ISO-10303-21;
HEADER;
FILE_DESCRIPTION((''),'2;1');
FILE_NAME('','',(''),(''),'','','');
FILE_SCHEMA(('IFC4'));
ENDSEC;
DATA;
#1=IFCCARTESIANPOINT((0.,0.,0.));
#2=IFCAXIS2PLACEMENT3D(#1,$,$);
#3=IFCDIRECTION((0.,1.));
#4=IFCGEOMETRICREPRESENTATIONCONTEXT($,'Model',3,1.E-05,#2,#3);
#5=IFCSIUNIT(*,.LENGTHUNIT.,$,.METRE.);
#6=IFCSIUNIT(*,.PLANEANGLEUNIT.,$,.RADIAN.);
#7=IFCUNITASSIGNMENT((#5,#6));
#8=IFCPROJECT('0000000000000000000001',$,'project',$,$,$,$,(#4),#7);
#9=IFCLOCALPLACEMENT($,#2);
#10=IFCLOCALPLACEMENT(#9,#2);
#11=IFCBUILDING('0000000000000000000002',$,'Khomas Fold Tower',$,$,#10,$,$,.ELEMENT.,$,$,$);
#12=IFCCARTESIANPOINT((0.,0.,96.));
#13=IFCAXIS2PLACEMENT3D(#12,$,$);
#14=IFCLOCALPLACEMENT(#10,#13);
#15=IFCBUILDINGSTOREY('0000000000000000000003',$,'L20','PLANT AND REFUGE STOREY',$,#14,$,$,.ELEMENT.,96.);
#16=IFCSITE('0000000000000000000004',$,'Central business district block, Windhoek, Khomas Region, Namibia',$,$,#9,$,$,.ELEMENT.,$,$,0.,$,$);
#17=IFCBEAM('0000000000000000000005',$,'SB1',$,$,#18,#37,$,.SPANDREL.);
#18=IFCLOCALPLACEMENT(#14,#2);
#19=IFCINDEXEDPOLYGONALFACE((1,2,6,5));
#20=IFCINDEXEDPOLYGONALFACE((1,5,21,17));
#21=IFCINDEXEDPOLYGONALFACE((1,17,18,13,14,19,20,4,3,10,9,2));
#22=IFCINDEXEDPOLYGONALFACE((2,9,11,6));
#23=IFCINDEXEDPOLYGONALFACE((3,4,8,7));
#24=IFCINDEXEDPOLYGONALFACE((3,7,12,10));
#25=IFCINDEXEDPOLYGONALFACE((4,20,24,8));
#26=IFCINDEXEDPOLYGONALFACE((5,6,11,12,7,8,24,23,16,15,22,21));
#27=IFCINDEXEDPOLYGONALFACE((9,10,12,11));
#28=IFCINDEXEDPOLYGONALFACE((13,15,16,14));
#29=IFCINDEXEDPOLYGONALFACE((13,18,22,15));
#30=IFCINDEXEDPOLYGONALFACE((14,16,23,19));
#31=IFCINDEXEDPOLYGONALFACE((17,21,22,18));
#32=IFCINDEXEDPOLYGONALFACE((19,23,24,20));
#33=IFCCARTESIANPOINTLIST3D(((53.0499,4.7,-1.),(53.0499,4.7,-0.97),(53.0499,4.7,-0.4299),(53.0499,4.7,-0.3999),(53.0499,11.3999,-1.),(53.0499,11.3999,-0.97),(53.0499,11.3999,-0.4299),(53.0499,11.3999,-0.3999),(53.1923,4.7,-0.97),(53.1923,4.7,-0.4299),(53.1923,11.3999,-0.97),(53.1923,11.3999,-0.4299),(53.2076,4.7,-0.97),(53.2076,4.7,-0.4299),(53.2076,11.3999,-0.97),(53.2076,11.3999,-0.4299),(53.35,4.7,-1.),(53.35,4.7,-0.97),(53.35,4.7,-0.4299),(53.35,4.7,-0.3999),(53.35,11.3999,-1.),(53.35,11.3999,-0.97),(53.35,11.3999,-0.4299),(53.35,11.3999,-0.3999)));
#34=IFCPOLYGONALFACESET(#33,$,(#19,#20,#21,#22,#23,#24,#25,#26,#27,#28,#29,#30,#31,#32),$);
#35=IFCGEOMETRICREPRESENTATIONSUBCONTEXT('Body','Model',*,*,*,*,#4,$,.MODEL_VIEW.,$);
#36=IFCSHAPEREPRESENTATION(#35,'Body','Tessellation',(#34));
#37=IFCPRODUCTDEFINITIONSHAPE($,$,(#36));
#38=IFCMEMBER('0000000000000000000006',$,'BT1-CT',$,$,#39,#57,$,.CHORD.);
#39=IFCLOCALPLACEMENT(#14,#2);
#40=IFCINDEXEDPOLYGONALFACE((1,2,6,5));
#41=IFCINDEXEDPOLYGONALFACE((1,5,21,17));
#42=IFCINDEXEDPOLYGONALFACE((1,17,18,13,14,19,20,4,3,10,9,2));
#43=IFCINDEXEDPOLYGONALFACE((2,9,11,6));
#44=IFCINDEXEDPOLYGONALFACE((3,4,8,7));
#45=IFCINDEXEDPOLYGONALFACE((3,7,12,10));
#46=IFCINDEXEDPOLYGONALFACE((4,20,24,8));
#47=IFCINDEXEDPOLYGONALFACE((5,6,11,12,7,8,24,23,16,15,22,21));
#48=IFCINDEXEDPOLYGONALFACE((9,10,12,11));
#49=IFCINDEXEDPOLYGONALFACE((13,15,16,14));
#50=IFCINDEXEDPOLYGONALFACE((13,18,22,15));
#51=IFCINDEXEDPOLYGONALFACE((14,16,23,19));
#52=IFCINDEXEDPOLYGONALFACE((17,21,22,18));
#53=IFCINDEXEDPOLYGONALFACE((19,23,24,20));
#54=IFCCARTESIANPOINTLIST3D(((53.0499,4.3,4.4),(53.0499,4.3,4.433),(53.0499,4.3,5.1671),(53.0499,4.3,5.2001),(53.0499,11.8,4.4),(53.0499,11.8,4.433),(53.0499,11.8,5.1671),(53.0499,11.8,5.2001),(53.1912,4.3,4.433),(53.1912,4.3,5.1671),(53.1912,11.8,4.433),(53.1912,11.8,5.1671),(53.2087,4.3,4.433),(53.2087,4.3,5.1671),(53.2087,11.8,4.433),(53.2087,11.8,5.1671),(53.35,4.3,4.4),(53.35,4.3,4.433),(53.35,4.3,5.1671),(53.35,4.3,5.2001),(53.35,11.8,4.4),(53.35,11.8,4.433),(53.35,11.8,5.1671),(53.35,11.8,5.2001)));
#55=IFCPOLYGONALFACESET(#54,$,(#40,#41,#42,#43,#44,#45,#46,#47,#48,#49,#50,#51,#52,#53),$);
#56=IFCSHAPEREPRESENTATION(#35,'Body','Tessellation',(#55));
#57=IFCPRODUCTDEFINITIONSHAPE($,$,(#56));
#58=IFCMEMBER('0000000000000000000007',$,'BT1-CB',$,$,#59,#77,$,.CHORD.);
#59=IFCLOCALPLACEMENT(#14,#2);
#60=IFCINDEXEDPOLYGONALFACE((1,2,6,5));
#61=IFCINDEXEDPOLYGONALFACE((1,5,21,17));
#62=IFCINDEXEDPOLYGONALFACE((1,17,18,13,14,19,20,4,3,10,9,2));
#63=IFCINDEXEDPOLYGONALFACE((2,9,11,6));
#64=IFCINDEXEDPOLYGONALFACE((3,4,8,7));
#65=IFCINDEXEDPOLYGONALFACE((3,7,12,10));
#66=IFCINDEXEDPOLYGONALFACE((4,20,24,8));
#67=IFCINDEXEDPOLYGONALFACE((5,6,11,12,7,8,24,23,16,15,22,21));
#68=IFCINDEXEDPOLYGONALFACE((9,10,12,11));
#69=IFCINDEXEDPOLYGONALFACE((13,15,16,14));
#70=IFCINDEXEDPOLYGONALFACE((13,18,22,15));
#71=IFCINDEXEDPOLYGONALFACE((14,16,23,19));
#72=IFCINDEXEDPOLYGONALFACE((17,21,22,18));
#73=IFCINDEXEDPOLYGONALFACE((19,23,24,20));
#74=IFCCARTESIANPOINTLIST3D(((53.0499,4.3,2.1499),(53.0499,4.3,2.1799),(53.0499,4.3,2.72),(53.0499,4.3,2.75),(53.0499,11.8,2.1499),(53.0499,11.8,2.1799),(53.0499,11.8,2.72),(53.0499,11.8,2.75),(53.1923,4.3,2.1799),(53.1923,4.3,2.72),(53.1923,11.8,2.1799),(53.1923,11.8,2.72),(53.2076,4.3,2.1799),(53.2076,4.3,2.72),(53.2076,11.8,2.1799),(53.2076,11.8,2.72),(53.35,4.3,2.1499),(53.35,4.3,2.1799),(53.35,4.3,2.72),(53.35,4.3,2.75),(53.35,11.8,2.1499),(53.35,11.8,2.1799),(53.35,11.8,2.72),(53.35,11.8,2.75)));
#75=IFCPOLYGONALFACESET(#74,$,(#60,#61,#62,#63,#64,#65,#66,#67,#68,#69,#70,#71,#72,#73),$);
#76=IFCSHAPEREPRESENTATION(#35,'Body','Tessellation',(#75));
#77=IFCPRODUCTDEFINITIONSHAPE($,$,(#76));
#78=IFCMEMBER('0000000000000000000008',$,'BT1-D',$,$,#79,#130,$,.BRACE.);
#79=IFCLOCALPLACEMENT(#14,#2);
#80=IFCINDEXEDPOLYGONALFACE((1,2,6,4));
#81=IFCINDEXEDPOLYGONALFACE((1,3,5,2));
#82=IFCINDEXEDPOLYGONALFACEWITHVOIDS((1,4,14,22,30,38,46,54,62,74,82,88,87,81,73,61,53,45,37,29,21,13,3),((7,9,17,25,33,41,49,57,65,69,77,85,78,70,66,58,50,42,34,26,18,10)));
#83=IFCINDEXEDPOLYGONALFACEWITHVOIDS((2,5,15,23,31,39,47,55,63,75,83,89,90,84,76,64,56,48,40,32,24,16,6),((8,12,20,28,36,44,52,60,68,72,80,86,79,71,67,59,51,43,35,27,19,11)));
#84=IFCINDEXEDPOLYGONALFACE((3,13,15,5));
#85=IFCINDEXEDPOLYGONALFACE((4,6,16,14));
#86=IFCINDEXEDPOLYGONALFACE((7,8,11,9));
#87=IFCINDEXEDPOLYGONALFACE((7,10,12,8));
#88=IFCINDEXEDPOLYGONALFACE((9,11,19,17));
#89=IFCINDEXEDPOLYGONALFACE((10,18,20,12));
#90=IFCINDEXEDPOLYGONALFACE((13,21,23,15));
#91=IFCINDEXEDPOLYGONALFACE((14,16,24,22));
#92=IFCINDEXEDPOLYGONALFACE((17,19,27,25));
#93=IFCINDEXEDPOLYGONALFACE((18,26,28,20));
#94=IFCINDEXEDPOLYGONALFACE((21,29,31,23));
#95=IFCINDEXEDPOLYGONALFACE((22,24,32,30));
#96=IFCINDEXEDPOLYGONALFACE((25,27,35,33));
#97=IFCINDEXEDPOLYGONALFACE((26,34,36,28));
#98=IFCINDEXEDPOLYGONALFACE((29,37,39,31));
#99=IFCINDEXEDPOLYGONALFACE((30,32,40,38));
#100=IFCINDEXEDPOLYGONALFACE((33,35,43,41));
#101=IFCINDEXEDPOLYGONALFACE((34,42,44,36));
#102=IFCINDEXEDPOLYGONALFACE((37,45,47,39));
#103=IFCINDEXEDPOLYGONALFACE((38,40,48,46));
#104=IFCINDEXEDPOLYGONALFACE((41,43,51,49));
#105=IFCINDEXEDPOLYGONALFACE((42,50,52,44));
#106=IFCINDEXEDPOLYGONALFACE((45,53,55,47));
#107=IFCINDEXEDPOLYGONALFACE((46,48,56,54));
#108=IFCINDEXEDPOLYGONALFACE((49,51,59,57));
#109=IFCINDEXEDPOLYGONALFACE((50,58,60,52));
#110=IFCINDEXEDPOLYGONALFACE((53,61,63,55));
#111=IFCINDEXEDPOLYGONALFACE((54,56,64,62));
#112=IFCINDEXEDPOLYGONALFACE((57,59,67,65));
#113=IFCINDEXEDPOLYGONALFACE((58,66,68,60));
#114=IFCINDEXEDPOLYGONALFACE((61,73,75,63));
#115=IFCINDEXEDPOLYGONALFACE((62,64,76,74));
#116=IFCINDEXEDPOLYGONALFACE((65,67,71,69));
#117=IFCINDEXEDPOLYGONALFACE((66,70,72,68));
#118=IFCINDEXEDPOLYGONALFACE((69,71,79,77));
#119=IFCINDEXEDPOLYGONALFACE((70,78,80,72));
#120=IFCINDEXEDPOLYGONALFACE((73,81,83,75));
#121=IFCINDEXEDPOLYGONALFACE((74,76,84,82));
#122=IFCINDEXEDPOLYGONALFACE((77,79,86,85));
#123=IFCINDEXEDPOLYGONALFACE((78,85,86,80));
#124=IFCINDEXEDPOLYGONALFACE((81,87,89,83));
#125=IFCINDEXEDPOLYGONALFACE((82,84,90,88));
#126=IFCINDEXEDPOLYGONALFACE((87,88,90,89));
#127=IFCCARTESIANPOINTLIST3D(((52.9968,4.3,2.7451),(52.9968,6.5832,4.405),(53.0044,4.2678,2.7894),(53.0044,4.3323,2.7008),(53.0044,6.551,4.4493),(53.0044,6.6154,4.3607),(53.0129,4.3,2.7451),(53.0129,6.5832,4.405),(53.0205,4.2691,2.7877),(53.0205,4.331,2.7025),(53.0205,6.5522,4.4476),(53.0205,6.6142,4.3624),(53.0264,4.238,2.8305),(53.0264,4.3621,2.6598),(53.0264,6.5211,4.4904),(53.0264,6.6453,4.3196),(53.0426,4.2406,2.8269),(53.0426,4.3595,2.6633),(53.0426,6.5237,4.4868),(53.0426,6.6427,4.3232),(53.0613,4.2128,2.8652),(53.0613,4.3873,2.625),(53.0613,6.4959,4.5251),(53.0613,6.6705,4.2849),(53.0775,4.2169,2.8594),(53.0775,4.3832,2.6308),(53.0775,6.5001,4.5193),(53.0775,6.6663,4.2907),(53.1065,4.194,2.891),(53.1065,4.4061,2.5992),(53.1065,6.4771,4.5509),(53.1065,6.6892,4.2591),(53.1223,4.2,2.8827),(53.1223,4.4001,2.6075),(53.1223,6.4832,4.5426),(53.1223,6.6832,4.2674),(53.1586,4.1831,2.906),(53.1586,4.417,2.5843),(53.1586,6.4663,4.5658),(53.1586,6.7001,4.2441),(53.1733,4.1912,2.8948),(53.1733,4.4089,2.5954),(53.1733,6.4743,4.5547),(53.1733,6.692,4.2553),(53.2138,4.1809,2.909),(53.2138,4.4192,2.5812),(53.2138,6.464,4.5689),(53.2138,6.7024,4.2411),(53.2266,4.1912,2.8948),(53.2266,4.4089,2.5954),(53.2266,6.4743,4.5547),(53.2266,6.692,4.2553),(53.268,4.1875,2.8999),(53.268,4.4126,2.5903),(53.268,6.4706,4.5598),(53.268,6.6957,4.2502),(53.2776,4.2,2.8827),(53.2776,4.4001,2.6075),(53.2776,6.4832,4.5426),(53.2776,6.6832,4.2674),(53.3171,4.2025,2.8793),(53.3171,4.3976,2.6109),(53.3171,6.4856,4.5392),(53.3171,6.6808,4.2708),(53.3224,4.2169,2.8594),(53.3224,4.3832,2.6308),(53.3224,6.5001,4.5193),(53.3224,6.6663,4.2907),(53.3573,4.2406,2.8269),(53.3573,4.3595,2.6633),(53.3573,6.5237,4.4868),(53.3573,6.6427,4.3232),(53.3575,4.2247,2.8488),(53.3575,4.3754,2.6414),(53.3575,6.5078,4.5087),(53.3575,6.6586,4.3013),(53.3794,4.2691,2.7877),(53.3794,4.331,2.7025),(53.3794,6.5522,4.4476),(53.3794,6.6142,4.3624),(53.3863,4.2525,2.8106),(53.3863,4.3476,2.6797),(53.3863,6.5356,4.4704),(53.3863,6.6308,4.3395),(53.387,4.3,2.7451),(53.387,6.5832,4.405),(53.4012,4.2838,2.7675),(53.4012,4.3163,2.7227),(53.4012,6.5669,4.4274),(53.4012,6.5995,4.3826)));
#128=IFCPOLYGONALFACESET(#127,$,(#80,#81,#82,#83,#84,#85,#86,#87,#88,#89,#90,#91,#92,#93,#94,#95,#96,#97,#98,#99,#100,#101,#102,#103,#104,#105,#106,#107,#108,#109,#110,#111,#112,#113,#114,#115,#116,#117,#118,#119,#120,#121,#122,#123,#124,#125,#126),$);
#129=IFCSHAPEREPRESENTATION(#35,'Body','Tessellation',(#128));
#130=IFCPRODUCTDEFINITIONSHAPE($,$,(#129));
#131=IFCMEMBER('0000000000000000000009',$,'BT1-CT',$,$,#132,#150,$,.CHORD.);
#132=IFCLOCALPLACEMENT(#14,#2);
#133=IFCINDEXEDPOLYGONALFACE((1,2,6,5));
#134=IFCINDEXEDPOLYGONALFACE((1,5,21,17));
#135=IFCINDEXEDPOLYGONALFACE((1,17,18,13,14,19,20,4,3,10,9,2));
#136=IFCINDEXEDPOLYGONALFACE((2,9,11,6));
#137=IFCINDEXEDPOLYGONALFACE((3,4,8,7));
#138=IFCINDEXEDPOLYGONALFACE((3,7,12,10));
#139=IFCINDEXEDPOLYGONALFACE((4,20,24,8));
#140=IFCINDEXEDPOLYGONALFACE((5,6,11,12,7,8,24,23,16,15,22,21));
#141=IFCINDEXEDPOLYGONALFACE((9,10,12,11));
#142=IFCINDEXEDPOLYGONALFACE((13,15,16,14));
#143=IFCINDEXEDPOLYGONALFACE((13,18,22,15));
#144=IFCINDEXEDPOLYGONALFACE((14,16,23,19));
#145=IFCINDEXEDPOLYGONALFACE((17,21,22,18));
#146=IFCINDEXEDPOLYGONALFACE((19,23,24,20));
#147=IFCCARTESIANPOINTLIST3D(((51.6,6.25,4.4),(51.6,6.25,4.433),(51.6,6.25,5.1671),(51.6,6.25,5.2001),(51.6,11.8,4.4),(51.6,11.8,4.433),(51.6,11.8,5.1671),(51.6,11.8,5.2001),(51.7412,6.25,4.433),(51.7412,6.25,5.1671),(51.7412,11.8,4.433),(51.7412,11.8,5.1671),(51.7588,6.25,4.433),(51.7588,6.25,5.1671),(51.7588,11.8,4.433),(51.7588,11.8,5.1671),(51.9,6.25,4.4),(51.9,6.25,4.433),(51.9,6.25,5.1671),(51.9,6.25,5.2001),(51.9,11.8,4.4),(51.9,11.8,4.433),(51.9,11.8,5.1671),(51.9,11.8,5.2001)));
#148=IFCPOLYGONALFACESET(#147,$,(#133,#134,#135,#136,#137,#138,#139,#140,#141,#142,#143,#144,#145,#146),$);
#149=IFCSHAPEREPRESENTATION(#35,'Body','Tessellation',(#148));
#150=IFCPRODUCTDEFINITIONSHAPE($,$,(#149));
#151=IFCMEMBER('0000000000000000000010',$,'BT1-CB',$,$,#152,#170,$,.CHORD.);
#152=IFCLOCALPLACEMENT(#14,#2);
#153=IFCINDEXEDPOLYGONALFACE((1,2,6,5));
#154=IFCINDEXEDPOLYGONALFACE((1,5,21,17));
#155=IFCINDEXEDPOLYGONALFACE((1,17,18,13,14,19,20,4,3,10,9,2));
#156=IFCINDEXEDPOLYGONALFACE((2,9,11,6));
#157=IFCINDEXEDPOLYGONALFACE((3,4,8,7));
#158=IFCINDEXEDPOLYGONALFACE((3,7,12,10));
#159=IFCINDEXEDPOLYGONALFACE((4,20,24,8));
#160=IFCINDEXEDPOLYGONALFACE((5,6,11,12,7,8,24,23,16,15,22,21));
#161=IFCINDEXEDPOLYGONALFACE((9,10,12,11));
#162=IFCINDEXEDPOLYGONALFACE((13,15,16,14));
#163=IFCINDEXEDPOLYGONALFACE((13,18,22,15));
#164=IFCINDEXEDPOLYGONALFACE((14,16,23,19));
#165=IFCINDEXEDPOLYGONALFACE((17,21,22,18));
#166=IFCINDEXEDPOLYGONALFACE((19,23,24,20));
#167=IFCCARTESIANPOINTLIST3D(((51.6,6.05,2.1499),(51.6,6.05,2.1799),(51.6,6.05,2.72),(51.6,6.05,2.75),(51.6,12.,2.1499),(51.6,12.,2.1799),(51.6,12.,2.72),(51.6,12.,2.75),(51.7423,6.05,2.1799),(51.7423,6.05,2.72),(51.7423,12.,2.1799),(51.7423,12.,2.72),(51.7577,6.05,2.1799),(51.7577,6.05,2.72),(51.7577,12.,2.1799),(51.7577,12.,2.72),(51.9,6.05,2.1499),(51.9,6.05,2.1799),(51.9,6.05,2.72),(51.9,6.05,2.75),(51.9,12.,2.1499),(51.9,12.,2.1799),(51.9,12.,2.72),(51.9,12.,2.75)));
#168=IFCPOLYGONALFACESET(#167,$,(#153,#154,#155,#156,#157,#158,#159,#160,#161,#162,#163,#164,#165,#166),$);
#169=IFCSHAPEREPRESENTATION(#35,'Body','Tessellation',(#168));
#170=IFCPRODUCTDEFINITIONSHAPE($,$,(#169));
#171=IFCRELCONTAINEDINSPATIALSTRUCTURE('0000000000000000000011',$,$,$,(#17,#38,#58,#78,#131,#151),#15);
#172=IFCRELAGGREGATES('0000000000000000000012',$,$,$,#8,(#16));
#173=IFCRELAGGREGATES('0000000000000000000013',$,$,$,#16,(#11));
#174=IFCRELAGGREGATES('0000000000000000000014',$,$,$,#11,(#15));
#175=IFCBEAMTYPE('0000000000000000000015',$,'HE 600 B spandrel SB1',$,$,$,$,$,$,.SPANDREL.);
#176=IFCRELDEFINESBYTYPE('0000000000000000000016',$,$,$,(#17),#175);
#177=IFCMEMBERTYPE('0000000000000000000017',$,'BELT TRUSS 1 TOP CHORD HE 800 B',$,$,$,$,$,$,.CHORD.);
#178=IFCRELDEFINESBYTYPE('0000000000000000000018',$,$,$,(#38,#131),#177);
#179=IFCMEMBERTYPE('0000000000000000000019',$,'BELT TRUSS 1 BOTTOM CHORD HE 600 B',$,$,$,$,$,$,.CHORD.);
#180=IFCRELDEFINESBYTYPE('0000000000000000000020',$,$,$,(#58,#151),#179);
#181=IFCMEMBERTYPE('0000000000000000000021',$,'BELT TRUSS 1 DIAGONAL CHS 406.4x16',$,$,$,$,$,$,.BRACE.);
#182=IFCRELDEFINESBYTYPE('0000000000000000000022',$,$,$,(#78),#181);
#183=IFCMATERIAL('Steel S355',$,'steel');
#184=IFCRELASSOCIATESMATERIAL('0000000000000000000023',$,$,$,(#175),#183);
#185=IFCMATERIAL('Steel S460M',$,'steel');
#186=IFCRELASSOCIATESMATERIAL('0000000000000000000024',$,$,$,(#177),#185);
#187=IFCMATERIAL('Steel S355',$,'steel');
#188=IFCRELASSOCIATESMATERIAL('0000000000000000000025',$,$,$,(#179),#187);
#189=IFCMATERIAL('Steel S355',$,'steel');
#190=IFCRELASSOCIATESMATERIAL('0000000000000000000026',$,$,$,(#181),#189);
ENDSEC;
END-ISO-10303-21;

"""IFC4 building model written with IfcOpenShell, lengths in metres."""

from ifc_helpers import new_model, si_unit, direction, frame, origin, origin_2d, place, context, subcontext, project, spatial, hollow_circle, i_section, extrude, source, transform, mapped, material, material_profile, profile_set, type_object, element, save


model = new_model("IFC4")

# Units and contexts
model_context = context("Model", 3, precision=1e-05, world=origin(), true_north=direction((0.0, 1.0)))
body_context = subcontext(model_context, "Body", "Model", "MODEL_VIEW")
ifc_project = project(units=[si_unit("LENGTHUNIT", "METRE"), si_unit("PLANEANGLEUNIT", "RADIAN")], contexts=[model_context])

# Site, building, storey
site_placement = place(None, origin())
site = spatial("IfcSite", under=ifc_project, at=site_placement, Name="Central business district block, Windhoek, Khomas Region, Namibia", CompositionType="ELEMENT", RefElevation=0.0)
building_placement = place(site_placement, origin())
building = spatial("IfcBuilding", under=site, at=building_placement, Name="Khomas Fold Tower", CompositionType="ELEMENT")
storey_placement = place(building_placement, frame((0.0, 0.0, 96.0)))
storey = spatial("IfcBuildingStorey", under=building, at=storey_placement, Name="L20", Description="PLANT AND REFUGE STOREY", CompositionType="ELEMENT", Elevation=96.0)

# Beam
ifc_material_1 = material(Name="Steel S355", Category="steel")
ifc_material_profile_1 = material_profile(ifc_material_1, i_section(OverallWidth=0.3, OverallDepth=0.6001, WebThickness=0.0154, FlangeThickness=0.03, at=origin_2d()), Name="HE 600 B")
ifc_profile_set_1 = profile_set([ifc_material_profile_1], Name="Steel S355")
beam_type_1 = type_object("IfcBeamType", Name="HE 600 B spandrel SB1", PredefinedType="SPANDREL", material=ifc_profile_set_1)
shared_shape_1 = source(origin(), body_context, "Body", "SweptSolid", [
    extrude(i_section(OverallWidth=0.3, OverallDepth=0.6001, WebThickness=0.0154, FlangeThickness=0.03, at=origin_2d()), origin(), (0.0, 0.0, 1.0), 6.7),
])
beam_1_placement = place(storey_placement, frame((53.2, 4.7, -0.7), z_axis=(0.0, 1.0, 0.0), x_axis=(-1.0, 0.0, 0.0)))
element("IfcBeam", 1, at=beam_1_placement, inside=storey, type_object=beam_type_1, Name="SB1", PredefinedType="SPANDREL", context=body_context, shape_type="MappedRepresentation", body=[
    mapped(shared_shape_1, transform((0.0, 0.0, 0.0))),
])

# Members
ifc_material_2 = material(Name="Steel S460M", Category="steel")
ifc_material_profile_2 = material_profile(ifc_material_2, i_section(OverallWidth=0.3, OverallDepth=0.8, WebThickness=0.0176, FlangeThickness=0.033, at=origin_2d()), Name="HE 800 B")
ifc_profile_set_2 = profile_set([ifc_material_profile_2], Name="Steel S460M")
member_type_1 = type_object("IfcMemberType", Name="BELT TRUSS 1 TOP CHORD HE 800 B", PredefinedType="CHORD", material=ifc_profile_set_2)
shared_shape_2 = source(origin(), body_context, "Body", "SweptSolid", [
    extrude(i_section(OverallWidth=0.3, OverallDepth=0.8, WebThickness=0.0176, FlangeThickness=0.033, at=origin_2d()), origin(), (0.0, 0.0, 1.0), 7.5),
])
member_1_placement = place(storey_placement, frame((53.2, 4.3, 4.8), z_axis=(0.0, 1.0, 0.0), x_axis=(-1.0, 0.0, 0.0)))
element("IfcMember", 2, at=member_1_placement, inside=storey, type_object=member_type_1, Name="BT1-CT", PredefinedType="CHORD", context=body_context, shape_type="MappedRepresentation", body=[
    mapped(shared_shape_2, transform((0.0, 0.0, 0.0))),
])
ifc_material_3 = material(Name="Steel S355", Category="steel")
ifc_material_profile_3 = material_profile(ifc_material_3, i_section(OverallWidth=0.3, OverallDepth=0.6001, WebThickness=0.0154, FlangeThickness=0.03, at=origin_2d()), Name="HE 600 B")
ifc_profile_set_3 = profile_set([ifc_material_profile_3], Name="Steel S355")
member_type_2 = type_object("IfcMemberType", Name="BELT TRUSS 1 BOTTOM CHORD HE 600 B", PredefinedType="CHORD", material=ifc_profile_set_3)
shared_shape_3 = source(origin(), body_context, "Body", "SweptSolid", [
    extrude(i_section(OverallWidth=0.3, OverallDepth=0.6001, WebThickness=0.0154, FlangeThickness=0.03, at=origin_2d()), origin(), (0.0, 0.0, 1.0), 7.5),
])
member_2_placement = place(storey_placement, frame((53.2, 4.3, 2.45), z_axis=(0.0, 1.0, 0.0), x_axis=(-1.0, 0.0, 0.0)))
element("IfcMember", 3, at=member_2_placement, inside=storey, type_object=member_type_2, Name="BT1-CB", PredefinedType="CHORD", context=body_context, shape_type="MappedRepresentation", body=[
    mapped(shared_shape_3, transform((0.0, 0.0, 0.0))),
])
ifc_material_4 = material(Name="Steel S355", Category="steel")
ifc_material_profile_4 = material_profile(ifc_material_4, hollow_circle(Radius=0.2031, WallThickness=0.0161, at=origin_2d()), Name="CHS 406.4x16")
ifc_profile_set_4 = profile_set([ifc_material_profile_4], Name="Steel S355")
member_type_3 = type_object("IfcMemberType", Name="BELT TRUSS 1 DIAGONAL CHS 406.4x16", PredefinedType="BRACE", material=ifc_profile_set_4)
shared_shape_4 = source(origin(), body_context, "Body", "SweptSolid", [
    extrude(hollow_circle(Radius=0.2031, WallThickness=0.0161, at=origin_2d()), origin(), (0.0, 0.0, 1.0), 2.8228),
])
member_3_placement = place(storey_placement, frame((53.2, 4.3, 2.7451), z_axis=(0.0, 0.808837, 0.588033), x_axis=(-1.0, 0.0, 0.0)))
element("IfcMember", 4, at=member_3_placement, inside=storey, type_object=member_type_3, Name="BT1-D", PredefinedType="BRACE", context=body_context, shape_type="MappedRepresentation", body=[
    mapped(shared_shape_4, transform((0.0, 0.0, 0.0))),
])
shared_shape_5 = source(origin(), body_context, "Body", "SweptSolid", [
    extrude(i_section(OverallWidth=0.3, OverallDepth=0.8, WebThickness=0.0176, FlangeThickness=0.033, at=origin_2d()), origin(), (0.0, 0.0, 1.0), 5.55),
])
member_4_placement = place(storey_placement, frame((51.75, 6.25, 4.8), z_axis=(0.0, 1.0, 0.0), x_axis=(-1.0, 0.0, 0.0)))
element("IfcMember", 5, at=member_4_placement, inside=storey, type_object=member_type_1, Name="BT1-CT", PredefinedType="CHORD", context=body_context, shape_type="MappedRepresentation", body=[
    mapped(shared_shape_5, transform((0.0, 0.0, 0.0))),
])
shared_shape_6 = source(origin(), body_context, "Body", "SweptSolid", [
    extrude(i_section(OverallWidth=0.3, OverallDepth=0.6001, WebThickness=0.0154, FlangeThickness=0.03, at=origin_2d()), origin(), (0.0, 0.0, 1.0), 5.95),
])
member_5_placement = place(storey_placement, frame((51.75, 6.05, 2.45), z_axis=(0.0, 1.0, 0.0), x_axis=(-1.0, 0.0, 0.0)))
element("IfcMember", 6, at=member_5_placement, inside=storey, type_object=member_type_2, Name="BT1-CB", PredefinedType="CHORD", context=body_context, shape_type="MappedRepresentation", body=[
    mapped(shared_shape_6, transform((0.0, 0.0, 0.0))),
])

save(model, "model.ifc")
